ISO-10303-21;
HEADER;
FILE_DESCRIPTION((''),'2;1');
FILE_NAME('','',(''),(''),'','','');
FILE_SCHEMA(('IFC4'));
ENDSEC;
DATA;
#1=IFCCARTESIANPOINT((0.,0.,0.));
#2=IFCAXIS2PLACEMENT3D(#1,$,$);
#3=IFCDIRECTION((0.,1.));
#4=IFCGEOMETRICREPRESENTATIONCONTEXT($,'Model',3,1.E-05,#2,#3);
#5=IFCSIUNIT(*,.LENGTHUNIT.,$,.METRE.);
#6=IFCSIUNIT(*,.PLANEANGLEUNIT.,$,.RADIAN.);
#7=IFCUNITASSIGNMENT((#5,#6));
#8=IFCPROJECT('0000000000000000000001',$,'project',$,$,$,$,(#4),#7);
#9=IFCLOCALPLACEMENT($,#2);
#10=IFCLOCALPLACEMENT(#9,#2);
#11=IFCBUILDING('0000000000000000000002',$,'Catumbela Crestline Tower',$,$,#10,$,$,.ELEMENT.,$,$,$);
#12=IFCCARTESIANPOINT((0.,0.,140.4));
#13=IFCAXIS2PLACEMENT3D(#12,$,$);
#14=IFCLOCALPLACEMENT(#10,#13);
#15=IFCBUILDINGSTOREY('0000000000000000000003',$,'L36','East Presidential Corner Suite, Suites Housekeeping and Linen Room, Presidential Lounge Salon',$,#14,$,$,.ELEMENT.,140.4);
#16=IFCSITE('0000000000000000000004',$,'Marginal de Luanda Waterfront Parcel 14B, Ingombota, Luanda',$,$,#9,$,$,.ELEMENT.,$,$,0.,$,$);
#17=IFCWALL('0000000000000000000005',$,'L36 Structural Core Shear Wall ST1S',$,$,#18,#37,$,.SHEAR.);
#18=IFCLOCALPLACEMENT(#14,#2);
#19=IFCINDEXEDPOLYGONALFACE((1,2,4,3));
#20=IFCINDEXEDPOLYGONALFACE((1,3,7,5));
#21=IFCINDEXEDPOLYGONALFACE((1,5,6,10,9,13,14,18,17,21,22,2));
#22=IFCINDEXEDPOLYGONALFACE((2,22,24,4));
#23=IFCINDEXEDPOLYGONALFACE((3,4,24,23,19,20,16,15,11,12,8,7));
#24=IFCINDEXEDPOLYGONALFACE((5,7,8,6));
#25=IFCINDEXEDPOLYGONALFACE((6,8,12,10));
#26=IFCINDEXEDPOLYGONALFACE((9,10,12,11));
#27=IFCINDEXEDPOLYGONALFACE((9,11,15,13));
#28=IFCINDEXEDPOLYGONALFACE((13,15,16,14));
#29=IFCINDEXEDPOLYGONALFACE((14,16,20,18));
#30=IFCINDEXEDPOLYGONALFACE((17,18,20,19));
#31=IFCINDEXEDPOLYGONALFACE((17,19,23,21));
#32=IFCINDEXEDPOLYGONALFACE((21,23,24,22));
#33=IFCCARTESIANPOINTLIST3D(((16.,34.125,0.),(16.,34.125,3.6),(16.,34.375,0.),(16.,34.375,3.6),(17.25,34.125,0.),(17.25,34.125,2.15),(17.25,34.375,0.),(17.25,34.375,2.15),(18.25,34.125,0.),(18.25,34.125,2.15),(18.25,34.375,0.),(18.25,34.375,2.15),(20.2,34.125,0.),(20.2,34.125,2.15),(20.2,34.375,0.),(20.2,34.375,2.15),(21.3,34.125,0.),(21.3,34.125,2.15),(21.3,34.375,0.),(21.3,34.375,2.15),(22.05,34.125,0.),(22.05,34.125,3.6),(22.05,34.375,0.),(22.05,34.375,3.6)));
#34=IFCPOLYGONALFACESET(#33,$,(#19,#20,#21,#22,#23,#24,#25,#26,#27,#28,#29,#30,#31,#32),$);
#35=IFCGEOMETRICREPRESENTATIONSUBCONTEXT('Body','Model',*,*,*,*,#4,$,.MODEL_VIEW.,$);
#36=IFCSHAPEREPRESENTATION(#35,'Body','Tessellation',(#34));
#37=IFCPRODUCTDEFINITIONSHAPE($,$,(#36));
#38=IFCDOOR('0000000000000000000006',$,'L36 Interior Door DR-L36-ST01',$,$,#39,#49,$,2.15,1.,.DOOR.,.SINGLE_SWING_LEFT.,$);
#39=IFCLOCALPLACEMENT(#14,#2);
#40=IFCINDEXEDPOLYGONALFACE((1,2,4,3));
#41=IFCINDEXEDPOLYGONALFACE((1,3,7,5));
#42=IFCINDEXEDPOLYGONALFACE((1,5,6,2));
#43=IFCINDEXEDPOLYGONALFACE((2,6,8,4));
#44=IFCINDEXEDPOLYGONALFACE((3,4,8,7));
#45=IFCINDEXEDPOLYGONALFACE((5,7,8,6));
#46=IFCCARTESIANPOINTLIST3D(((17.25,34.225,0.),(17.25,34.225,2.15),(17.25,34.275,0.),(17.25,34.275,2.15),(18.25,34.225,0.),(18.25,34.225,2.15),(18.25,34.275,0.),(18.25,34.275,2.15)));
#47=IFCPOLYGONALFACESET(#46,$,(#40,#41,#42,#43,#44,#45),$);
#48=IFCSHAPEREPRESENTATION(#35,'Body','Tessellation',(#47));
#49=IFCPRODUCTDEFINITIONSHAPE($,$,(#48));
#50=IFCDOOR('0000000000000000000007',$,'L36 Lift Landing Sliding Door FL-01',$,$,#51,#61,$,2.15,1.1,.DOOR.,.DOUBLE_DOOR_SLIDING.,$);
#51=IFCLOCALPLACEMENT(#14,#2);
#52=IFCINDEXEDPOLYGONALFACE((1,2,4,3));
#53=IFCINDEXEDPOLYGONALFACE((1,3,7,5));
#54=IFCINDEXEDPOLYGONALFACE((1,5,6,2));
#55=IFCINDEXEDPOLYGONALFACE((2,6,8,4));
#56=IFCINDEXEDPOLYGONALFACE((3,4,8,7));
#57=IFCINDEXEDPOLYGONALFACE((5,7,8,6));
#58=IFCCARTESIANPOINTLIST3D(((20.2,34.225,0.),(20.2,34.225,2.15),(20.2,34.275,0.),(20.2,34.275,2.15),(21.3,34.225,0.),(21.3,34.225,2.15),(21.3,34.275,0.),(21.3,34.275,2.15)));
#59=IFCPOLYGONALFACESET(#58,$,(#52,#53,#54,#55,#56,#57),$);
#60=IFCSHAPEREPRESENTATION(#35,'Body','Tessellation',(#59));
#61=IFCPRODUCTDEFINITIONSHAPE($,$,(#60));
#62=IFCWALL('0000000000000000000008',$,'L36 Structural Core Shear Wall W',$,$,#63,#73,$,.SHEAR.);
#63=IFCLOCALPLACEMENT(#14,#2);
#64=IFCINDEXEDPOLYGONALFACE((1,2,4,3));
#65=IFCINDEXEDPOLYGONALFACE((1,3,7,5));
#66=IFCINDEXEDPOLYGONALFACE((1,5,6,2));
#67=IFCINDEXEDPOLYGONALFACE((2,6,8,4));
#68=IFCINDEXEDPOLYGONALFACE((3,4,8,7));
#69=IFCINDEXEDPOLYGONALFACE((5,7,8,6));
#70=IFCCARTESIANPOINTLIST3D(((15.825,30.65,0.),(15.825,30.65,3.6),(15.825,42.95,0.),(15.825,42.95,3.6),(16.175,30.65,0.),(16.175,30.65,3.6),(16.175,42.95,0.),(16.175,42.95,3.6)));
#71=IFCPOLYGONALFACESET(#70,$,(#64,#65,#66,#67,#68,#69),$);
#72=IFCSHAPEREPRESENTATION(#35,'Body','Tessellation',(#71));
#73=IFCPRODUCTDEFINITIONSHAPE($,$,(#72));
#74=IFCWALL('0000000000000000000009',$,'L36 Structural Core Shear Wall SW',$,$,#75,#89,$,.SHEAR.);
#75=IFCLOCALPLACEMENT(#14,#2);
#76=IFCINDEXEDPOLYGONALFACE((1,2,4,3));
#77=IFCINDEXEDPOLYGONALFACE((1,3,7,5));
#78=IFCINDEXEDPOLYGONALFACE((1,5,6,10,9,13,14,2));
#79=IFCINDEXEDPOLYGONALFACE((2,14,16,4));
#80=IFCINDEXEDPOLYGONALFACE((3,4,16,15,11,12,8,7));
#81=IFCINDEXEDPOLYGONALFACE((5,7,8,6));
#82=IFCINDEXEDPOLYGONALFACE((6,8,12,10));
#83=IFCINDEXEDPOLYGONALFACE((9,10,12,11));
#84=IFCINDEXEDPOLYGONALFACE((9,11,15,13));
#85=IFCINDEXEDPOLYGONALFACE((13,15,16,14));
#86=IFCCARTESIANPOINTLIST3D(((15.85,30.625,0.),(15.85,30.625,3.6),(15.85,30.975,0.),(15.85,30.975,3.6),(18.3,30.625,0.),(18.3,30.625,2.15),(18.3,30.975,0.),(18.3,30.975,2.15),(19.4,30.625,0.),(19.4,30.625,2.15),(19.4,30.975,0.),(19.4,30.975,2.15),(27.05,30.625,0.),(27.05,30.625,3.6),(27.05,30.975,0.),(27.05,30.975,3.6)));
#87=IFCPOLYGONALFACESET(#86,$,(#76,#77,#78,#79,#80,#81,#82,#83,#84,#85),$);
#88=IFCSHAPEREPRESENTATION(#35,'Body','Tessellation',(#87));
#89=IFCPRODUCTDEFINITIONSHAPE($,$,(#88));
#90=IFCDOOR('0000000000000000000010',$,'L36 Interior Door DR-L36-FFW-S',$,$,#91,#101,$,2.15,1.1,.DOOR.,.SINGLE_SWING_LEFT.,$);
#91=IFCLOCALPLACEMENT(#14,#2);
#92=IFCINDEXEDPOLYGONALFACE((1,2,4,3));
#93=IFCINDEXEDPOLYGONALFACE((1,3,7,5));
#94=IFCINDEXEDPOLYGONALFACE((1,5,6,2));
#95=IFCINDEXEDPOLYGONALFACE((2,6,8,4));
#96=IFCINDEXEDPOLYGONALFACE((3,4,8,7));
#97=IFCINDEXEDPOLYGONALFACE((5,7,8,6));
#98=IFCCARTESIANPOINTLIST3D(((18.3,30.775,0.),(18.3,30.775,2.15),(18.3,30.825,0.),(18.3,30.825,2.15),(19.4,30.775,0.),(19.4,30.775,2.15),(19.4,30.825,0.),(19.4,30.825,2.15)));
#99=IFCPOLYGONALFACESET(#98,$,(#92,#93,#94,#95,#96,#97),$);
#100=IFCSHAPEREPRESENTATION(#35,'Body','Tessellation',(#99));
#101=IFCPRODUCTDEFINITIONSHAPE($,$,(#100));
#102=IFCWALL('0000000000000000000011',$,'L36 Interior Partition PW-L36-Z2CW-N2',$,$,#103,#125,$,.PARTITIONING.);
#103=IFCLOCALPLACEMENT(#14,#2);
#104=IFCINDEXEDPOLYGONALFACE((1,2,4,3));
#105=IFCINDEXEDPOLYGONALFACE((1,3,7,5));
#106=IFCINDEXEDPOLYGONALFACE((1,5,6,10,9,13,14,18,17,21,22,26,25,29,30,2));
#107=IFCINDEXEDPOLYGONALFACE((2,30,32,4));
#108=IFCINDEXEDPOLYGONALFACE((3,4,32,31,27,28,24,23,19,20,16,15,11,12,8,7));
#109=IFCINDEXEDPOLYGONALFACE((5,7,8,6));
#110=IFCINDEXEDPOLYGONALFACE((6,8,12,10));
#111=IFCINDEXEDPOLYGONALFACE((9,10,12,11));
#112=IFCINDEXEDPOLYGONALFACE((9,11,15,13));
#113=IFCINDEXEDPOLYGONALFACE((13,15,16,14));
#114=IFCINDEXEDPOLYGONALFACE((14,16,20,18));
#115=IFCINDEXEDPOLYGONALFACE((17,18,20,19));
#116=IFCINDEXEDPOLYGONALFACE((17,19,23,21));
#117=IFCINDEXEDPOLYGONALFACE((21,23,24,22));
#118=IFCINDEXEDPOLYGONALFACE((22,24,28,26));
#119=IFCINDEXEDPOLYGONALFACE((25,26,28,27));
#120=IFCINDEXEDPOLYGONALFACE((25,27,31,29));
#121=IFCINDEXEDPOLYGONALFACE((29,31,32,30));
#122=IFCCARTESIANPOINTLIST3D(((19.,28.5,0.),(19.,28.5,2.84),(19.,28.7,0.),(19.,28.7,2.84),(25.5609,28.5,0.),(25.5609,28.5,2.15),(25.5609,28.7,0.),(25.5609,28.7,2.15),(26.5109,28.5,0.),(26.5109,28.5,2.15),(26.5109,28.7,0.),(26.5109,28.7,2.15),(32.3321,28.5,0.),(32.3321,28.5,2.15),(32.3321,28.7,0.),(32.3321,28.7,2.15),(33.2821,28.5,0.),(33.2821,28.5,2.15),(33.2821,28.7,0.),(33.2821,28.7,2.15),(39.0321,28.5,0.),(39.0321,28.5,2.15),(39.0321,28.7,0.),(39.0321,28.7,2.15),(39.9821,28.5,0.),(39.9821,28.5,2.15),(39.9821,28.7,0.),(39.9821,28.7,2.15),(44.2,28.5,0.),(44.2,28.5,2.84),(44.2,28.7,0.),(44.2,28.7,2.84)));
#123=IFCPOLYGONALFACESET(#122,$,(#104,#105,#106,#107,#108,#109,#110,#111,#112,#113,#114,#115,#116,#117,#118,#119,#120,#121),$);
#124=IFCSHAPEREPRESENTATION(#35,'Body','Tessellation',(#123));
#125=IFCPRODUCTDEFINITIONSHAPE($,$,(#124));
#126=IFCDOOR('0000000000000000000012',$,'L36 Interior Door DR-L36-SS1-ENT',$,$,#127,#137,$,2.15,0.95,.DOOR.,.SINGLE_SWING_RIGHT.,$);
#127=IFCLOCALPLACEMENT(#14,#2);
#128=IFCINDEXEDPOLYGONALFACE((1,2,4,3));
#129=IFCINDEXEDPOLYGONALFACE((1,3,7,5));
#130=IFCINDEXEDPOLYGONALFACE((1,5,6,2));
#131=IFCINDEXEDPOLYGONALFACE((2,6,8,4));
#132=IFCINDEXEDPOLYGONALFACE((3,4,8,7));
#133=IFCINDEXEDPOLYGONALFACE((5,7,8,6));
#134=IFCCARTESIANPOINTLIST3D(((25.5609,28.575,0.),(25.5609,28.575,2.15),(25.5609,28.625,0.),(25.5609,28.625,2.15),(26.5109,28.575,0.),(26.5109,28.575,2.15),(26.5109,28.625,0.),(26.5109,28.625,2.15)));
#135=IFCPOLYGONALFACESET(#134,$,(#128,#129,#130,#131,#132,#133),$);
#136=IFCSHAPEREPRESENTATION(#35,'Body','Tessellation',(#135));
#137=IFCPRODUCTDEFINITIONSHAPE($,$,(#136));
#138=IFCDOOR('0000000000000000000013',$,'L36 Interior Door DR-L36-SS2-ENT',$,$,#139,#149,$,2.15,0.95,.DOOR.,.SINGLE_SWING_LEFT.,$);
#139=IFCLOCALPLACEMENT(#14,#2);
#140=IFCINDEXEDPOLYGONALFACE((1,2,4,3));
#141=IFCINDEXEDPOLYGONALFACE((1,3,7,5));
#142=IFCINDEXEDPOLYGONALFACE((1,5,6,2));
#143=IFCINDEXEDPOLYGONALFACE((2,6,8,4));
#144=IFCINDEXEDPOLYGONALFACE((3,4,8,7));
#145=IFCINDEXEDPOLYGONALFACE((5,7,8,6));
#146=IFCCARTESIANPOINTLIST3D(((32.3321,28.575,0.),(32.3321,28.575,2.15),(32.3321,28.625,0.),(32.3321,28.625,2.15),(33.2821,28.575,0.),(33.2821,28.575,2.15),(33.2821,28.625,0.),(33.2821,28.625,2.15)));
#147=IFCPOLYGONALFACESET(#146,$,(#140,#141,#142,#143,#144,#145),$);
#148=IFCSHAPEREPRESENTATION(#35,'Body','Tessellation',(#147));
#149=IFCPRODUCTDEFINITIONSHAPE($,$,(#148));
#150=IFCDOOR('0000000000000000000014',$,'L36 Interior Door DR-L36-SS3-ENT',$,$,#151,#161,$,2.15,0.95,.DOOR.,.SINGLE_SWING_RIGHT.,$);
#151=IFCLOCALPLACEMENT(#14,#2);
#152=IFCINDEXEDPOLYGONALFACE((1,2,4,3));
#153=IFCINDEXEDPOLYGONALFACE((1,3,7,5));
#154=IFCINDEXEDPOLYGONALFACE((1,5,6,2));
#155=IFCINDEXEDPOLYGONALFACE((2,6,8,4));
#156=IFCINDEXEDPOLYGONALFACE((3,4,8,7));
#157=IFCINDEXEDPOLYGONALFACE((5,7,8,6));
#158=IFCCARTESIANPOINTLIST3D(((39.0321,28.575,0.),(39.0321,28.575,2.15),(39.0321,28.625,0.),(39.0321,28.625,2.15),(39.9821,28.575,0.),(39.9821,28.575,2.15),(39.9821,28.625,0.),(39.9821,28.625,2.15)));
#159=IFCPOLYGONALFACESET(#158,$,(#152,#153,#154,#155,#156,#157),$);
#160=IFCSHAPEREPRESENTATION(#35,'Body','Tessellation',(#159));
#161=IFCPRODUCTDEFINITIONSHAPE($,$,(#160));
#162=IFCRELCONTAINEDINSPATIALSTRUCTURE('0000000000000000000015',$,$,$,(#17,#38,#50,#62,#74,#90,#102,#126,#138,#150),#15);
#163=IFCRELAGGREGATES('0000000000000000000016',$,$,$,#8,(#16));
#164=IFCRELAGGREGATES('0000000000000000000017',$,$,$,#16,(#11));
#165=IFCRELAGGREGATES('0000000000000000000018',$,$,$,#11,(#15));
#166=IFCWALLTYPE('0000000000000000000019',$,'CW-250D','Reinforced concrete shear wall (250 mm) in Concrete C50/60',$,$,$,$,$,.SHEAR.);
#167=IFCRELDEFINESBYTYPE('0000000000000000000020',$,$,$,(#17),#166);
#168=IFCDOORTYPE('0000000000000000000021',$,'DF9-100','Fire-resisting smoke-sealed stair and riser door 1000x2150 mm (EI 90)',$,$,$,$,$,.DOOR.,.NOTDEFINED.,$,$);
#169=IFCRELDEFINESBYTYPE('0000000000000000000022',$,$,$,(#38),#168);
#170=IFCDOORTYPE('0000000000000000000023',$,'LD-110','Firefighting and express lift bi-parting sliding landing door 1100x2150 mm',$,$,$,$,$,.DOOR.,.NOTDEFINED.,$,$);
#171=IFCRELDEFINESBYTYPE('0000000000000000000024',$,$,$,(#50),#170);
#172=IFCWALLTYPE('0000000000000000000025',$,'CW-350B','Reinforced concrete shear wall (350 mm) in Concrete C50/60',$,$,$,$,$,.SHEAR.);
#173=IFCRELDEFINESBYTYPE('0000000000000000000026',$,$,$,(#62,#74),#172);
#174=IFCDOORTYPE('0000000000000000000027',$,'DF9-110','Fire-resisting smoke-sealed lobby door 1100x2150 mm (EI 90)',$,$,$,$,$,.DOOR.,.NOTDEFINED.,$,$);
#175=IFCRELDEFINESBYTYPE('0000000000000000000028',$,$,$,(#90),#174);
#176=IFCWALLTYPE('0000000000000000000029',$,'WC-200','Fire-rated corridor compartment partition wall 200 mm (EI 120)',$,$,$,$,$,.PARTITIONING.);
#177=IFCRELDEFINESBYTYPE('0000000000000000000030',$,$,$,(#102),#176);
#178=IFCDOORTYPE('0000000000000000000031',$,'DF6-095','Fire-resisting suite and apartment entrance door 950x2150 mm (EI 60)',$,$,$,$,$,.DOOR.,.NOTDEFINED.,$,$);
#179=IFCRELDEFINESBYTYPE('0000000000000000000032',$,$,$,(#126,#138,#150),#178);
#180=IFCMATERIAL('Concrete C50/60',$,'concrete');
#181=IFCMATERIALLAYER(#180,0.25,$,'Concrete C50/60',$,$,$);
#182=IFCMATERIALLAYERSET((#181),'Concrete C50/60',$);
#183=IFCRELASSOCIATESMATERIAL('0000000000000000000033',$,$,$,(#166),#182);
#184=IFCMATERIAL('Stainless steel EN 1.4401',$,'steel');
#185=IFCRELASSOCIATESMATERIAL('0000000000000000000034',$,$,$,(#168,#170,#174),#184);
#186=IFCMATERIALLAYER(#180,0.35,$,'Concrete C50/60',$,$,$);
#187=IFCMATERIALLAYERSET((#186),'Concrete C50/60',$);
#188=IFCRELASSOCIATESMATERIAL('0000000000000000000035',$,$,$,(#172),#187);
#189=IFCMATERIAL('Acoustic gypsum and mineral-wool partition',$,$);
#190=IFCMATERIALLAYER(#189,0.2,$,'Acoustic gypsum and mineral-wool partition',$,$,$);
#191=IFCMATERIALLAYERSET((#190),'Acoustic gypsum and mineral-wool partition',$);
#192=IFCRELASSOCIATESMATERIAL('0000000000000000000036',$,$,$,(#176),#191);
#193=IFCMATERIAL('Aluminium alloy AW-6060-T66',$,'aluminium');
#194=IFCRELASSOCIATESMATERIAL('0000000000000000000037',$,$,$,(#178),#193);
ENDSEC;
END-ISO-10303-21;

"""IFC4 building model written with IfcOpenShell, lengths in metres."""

from ifc_helpers import new_model, si_unit, direction, frame, frame_2d, origin, place, context, subcontext, project, spatial, rectangle, extrude, material, layer, layer_set, type_object, element, fill, save


model = new_model("IFC4")

# Units and contexts
model_context = context("Model", 3, precision=1e-05, world=origin(), true_north=direction((0.0, 1.0)))
body_context = subcontext(model_context, "Body", "Model", "MODEL_VIEW")
ifc_project = project(units=[si_unit("LENGTHUNIT", "METRE"), si_unit("PLANEANGLEUNIT", "RADIAN")], contexts=[model_context])

# Site, building, storey
site_placement = place(None, origin())
site = spatial("IfcSite", under=ifc_project, at=site_placement, Name="Marginal de Luanda Waterfront Parcel 14B, Ingombota, Luanda", CompositionType="ELEMENT", RefElevation=0.0)
building_placement = place(site_placement, origin())
building = spatial("IfcBuilding", under=site, at=building_placement, Name="Catumbela Crestline Tower", CompositionType="ELEMENT")
storey_placement = place(building_placement, frame((0.0, 0.0, 140.4)))
storey = spatial("IfcBuildingStorey", under=building, at=storey_placement, Name="L36", Description="East Presidential Corner Suite, Suites Housekeeping and Linen Room, Presidential Lounge Salon", CompositionType="ELEMENT", Elevation=140.4)

# Shared definitions
ifc_material_1 = material(Name="Concrete C50/60", Category="concrete")

# Wall, openings, doors
ifc_layer_1 = layer(ifc_material_1, 0.25, Name="Concrete C50/60")
ifc_layer_set_1 = layer_set([ifc_layer_1], Name="Concrete C50/60")
wall_type_1 = type_object("IfcWallType", Name="CW-250D", Description="Reinforced concrete shear wall (250 mm) in Concrete C50/60", PredefinedType="SHEAR", material=ifc_layer_set_1)
wall_1_placement = place(storey_placement, frame((16.0, 34.25, 0.0), z_axis=(0.0, 0.0, 1.0), x_axis=(1.0, 0.0, 0.0)))
wall_1 = element("IfcWall", 1, at=wall_1_placement, inside=storey, type_object=wall_type_1, Name="L36 Structural Core Shear Wall ST1S", PredefinedType="SHEAR", context=body_context, shape_type="SweptSolid", body=[
    extrude(rectangle(XDim=6.05, YDim=0.25, at=frame_2d((3.025, 0.0))), origin(), (0.0, 0.0, 1.0), 3.6),
])
opening_1_placement = place(wall_1_placement, frame((1.25, 0.0, 0.0)))
opening_1 = element("IfcOpeningElement", 2, at=opening_1_placement, cuts=wall_1, PredefinedType="OPENING", context=body_context, shape_type="SweptSolid", body=[
    extrude(rectangle(XDim=1.0, YDim=2.15, at=frame_2d((0.5, 1.075))), frame((0.0, 0.135, 0.0), z_axis=(0.0, -1.0, 0.0), x_axis=(1.0, 0.0, 0.0)), (0.0, 0.0, 1.0), 0.27),
])
opening_2_placement = place(wall_1_placement, frame((4.2, 0.0, 0.0)))
opening_2 = element("IfcOpeningElement", 3, at=opening_2_placement, cuts=wall_1, PredefinedType="OPENING", context=body_context, shape_type="SweptSolid", body=[
    extrude(rectangle(XDim=1.1, YDim=2.15, at=frame_2d((0.55, 1.075))), frame((0.0, 0.135, 0.0), z_axis=(0.0, -1.0, 0.0), x_axis=(1.0, 0.0, 0.0)), (0.0, 0.0, 1.0), 0.27),
])
ifc_material_2 = material(Name="Stainless steel EN 1.4401", Category="steel")
door_type_1 = type_object("IfcDoorType", Name="DF9-100", Description="Fire-resisting smoke-sealed stair and riser door 1000x2150 mm (EI 90)", OperationType="NOTDEFINED", PredefinedType="DOOR", material=ifc_material_2)
door_1_placement = place(opening_1_placement, origin())
door_1 = element("IfcDoor", 4, at=door_1_placement, inside=storey, type_object=door_type_1, Name="L36 Interior Door DR-L36-ST01", OperationType="SINGLE_SWING_LEFT", OverallHeight=2.15, OverallWidth=1.0, PredefinedType="DOOR", context=body_context, shape_type="SweptSolid", body=[
    extrude(rectangle(XDim=1.0, YDim=2.15, at=frame_2d((0.5, 1.075))), frame((0.0, 0.025, 0.0), z_axis=(0.0, -1.0, 0.0), x_axis=(1.0, 0.0, 0.0)), (0.0, 0.0, 1.0), 0.05),
])
fill(opening_1, door_1)
door_type_2 = type_object("IfcDoorType", Name="LD-110", Description="Firefighting and express lift bi-parting sliding landing door 1100x2150 mm", OperationType="NOTDEFINED", PredefinedType="DOOR", material=ifc_material_2)
door_2_placement = place(opening_2_placement, origin())
door_2 = element("IfcDoor", 5, at=door_2_placement, inside=storey, type_object=door_type_2, Name="L36 Lift Landing Sliding Door FL-01", OperationType="DOUBLE_DOOR_SLIDING", OverallHeight=2.15, OverallWidth=1.1, PredefinedType="DOOR", context=body_context, shape_type="SweptSolid", body=[
    extrude(rectangle(XDim=1.1, YDim=2.15, at=frame_2d((0.55, 1.075))), frame((0.0, 0.025, 0.0), z_axis=(0.0, -1.0, 0.0), x_axis=(1.0, 0.0, 0.0)), (0.0, 0.0, 1.0), 0.05),
])
fill(opening_2, door_2)

# Wall
ifc_layer_2 = layer(ifc_material_1, 0.35, Name="Concrete C50/60")
ifc_layer_set_2 = layer_set([ifc_layer_2], Name="Concrete C50/60")
wall_type_2 = type_object("IfcWallType", Name="CW-350B", Description="Reinforced concrete shear wall (350 mm) in Concrete C50/60", PredefinedType="SHEAR", material=ifc_layer_set_2)
wall_2_placement = place(storey_placement, frame((16.0, 30.65, 0.0), z_axis=(0.0, 0.0, 1.0), x_axis=(0.0, 1.0, 0.0)))
element("IfcWall", 6, at=wall_2_placement, inside=storey, type_object=wall_type_2, Name="L36 Structural Core Shear Wall W", PredefinedType="SHEAR", context=body_context, shape_type="SweptSolid", body=[
    extrude(rectangle(XDim=12.3, YDim=0.35, at=frame_2d((6.15, 0.0))), origin(), (0.0, 0.0, 1.0), 3.6),
])

# Wall, opening, door
wall_3_placement = place(storey_placement, frame((15.85, 30.8, 0.0), z_axis=(0.0, 0.0, 1.0), x_axis=(1.0, 0.0, 0.0)))
wall_3 = element("IfcWall", 7, at=wall_3_placement, inside=storey, type_object=wall_type_2, Name="L36 Structural Core Shear Wall SW", PredefinedType="SHEAR", context=body_context, shape_type="SweptSolid", body=[
    extrude(rectangle(XDim=11.2, YDim=0.35, at=frame_2d((5.6, 0.0))), origin(), (0.0, 0.0, 1.0), 3.6),
])
opening_3_placement = place(wall_3_placement, frame((2.45, 0.0, 0.0)))
opening_3 = element("IfcOpeningElement", 8, at=opening_3_placement, cuts=wall_3, PredefinedType="OPENING", context=body_context, shape_type="SweptSolid", body=[
    extrude(rectangle(XDim=1.1, YDim=2.15, at=frame_2d((0.55, 1.075))), frame((0.0, 0.185, 0.0), z_axis=(0.0, -1.0, 0.0), x_axis=(1.0, 0.0, 0.0)), (0.0, 0.0, 1.0), 0.37),
])
door_type_3 = type_object("IfcDoorType", Name="DF9-110", Description="Fire-resisting smoke-sealed lobby door 1100x2150 mm (EI 90)", OperationType="NOTDEFINED", PredefinedType="DOOR", material=ifc_material_2)
door_3_placement = place(opening_3_placement, origin())
door_3 = element("IfcDoor", 9, at=door_3_placement, inside=storey, type_object=door_type_3, Name="L36 Interior Door DR-L36-FFW-S", OperationType="SINGLE_SWING_LEFT", OverallHeight=2.15, OverallWidth=1.1, PredefinedType="DOOR", context=body_context, shape_type="SweptSolid", body=[
    extrude(rectangle(XDim=1.1, YDim=2.15, at=frame_2d((0.55, 1.075))), frame((0.0, 0.025, 0.0), z_axis=(0.0, -1.0, 0.0), x_axis=(1.0, 0.0, 0.0)), (0.0, 0.0, 1.0), 0.05),
])
fill(opening_3, door_3)

# Wall, openings, doors
ifc_material_3 = material(Name="Acoustic gypsum and mineral-wool partition")
ifc_layer_3 = layer(ifc_material_3, 0.2, Name="Acoustic gypsum and mineral-wool partition")
ifc_layer_set_3 = layer_set([ifc_layer_3], Name="Acoustic gypsum and mineral-wool partition")
wall_type_3 = type_object("IfcWallType", Name="WC-200", Description="Fire-rated corridor compartment partition wall 200 mm (EI 120)", PredefinedType="PARTITIONING", material=ifc_layer_set_3)
wall_4_placement = place(storey_placement, frame((19.0, 28.6, 0.0), z_axis=(0.0, 0.0, 1.0), x_axis=(1.0, 0.0, 0.0)))
wall_4 = element("IfcWall", 10, at=wall_4_placement, inside=storey, type_object=wall_type_3, Name="L36 Interior Partition PW-L36-Z2CW-N2", PredefinedType="PARTITIONING", context=body_context, shape_type="SweptSolid", body=[
    extrude(rectangle(XDim=25.2, YDim=0.2, at=frame_2d((12.6, 0.0))), origin(), (0.0, 0.0, 1.0), 2.84),
])
opening_4_placement = place(wall_4_placement, frame((6.5609, 0.0, 0.0)))
opening_4 = element("IfcOpeningElement", 11, at=opening_4_placement, cuts=wall_4, PredefinedType="OPENING", context=body_context, shape_type="SweptSolid", body=[
    extrude(rectangle(XDim=0.95, YDim=2.15, at=frame_2d((0.475, 1.075))), frame((0.0, 0.11, 0.0), z_axis=(0.0, -1.0, 0.0), x_axis=(1.0, 0.0, 0.0)), (0.0, 0.0, 1.0), 0.22),
])
opening_5_placement = place(wall_4_placement, frame((13.3321, 0.0, 0.0)))
opening_5 = element("IfcOpeningElement", 12, at=opening_5_placement, cuts=wall_4, PredefinedType="OPENING", context=body_context, shape_type="SweptSolid", body=[
    extrude(rectangle(XDim=0.95, YDim=2.15, at=frame_2d((0.475, 1.075))), frame((0.0, 0.11, 0.0), z_axis=(0.0, -1.0, 0.0), x_axis=(1.0, 0.0, 0.0)), (0.0, 0.0, 1.0), 0.22),
])
opening_6_placement = place(wall_4_placement, frame((20.0321, 0.0, 0.0)))
opening_6 = element("IfcOpeningElement", 13, at=opening_6_placement, cuts=wall_4, PredefinedType="OPENING", context=body_context, shape_type="SweptSolid", body=[
    extrude(rectangle(XDim=0.95, YDim=2.15, at=frame_2d((0.475, 1.075))), frame((0.0, 0.11, 0.0), z_axis=(0.0, -1.0, 0.0), x_axis=(1.0, 0.0, 0.0)), (0.0, 0.0, 1.0), 0.22),
])
ifc_material_4 = material(Name="Aluminium alloy AW-6060-T66", Category="aluminium")
door_type_4 = type_object("IfcDoorType", Name="DF6-095", Description="Fire-resisting suite and apartment entrance door 950x2150 mm (EI 60)", OperationType="NOTDEFINED", PredefinedType="DOOR", material=ifc_material_4)
door_4_placement = place(opening_4_placement, origin())
door_4 = element("IfcDoor", 14, at=door_4_placement, inside=storey, type_object=door_type_4, Name="L36 Interior Door DR-L36-SS1-ENT", OperationType="SINGLE_SWING_RIGHT", OverallHeight=2.15, OverallWidth=0.95, PredefinedType="DOOR", context=body_context, shape_type="SweptSolid", body=[
    extrude(rectangle(XDim=0.95, YDim=2.15, at=frame_2d((0.475, 1.075))), frame((0.0, 0.025, 0.0), z_axis=(0.0, -1.0, 0.0), x_axis=(1.0, 0.0, 0.0)), (0.0, 0.0, 1.0), 0.05),
])
fill(opening_4, door_4)
door_5_placement = place(opening_5_placement, origin())
door_5 = element("IfcDoor", 15, at=door_5_placement, inside=storey, type_object=door_type_4, Name="L36 Interior Door DR-L36-SS2-ENT", OperationType="SINGLE_SWING_LEFT", OverallHeight=2.15, OverallWidth=0.95, PredefinedType="DOOR", context=body_context, shape_type="SweptSolid", body=[
    extrude(rectangle(XDim=0.95, YDim=2.15, at=frame_2d((0.475, 1.075))), frame((0.0, 0.025, 0.0), z_axis=(0.0, -1.0, 0.0), x_axis=(1.0, 0.0, 0.0)), (0.0, 0.0, 1.0), 0.05),
])
fill(opening_5, door_5)
door_6_placement = place(opening_6_placement, origin())
door_6 = element("IfcDoor", 16, at=door_6_placement, inside=storey, type_object=door_type_4, Name="L36 Interior Door DR-L36-SS3-ENT", OperationType="SINGLE_SWING_RIGHT", OverallHeight=2.15, OverallWidth=0.95, PredefinedType="DOOR", context=body_context, shape_type="SweptSolid", body=[
    extrude(rectangle(XDim=0.95, YDim=2.15, at=frame_2d((0.475, 1.075))), frame((0.0, 0.025, 0.0), z_axis=(0.0, -1.0, 0.0), x_axis=(1.0, 0.0, 0.0)), (0.0, 0.0, 1.0), 0.05),
])
fill(opening_6, door_6)

save(model, "model.ifc")
